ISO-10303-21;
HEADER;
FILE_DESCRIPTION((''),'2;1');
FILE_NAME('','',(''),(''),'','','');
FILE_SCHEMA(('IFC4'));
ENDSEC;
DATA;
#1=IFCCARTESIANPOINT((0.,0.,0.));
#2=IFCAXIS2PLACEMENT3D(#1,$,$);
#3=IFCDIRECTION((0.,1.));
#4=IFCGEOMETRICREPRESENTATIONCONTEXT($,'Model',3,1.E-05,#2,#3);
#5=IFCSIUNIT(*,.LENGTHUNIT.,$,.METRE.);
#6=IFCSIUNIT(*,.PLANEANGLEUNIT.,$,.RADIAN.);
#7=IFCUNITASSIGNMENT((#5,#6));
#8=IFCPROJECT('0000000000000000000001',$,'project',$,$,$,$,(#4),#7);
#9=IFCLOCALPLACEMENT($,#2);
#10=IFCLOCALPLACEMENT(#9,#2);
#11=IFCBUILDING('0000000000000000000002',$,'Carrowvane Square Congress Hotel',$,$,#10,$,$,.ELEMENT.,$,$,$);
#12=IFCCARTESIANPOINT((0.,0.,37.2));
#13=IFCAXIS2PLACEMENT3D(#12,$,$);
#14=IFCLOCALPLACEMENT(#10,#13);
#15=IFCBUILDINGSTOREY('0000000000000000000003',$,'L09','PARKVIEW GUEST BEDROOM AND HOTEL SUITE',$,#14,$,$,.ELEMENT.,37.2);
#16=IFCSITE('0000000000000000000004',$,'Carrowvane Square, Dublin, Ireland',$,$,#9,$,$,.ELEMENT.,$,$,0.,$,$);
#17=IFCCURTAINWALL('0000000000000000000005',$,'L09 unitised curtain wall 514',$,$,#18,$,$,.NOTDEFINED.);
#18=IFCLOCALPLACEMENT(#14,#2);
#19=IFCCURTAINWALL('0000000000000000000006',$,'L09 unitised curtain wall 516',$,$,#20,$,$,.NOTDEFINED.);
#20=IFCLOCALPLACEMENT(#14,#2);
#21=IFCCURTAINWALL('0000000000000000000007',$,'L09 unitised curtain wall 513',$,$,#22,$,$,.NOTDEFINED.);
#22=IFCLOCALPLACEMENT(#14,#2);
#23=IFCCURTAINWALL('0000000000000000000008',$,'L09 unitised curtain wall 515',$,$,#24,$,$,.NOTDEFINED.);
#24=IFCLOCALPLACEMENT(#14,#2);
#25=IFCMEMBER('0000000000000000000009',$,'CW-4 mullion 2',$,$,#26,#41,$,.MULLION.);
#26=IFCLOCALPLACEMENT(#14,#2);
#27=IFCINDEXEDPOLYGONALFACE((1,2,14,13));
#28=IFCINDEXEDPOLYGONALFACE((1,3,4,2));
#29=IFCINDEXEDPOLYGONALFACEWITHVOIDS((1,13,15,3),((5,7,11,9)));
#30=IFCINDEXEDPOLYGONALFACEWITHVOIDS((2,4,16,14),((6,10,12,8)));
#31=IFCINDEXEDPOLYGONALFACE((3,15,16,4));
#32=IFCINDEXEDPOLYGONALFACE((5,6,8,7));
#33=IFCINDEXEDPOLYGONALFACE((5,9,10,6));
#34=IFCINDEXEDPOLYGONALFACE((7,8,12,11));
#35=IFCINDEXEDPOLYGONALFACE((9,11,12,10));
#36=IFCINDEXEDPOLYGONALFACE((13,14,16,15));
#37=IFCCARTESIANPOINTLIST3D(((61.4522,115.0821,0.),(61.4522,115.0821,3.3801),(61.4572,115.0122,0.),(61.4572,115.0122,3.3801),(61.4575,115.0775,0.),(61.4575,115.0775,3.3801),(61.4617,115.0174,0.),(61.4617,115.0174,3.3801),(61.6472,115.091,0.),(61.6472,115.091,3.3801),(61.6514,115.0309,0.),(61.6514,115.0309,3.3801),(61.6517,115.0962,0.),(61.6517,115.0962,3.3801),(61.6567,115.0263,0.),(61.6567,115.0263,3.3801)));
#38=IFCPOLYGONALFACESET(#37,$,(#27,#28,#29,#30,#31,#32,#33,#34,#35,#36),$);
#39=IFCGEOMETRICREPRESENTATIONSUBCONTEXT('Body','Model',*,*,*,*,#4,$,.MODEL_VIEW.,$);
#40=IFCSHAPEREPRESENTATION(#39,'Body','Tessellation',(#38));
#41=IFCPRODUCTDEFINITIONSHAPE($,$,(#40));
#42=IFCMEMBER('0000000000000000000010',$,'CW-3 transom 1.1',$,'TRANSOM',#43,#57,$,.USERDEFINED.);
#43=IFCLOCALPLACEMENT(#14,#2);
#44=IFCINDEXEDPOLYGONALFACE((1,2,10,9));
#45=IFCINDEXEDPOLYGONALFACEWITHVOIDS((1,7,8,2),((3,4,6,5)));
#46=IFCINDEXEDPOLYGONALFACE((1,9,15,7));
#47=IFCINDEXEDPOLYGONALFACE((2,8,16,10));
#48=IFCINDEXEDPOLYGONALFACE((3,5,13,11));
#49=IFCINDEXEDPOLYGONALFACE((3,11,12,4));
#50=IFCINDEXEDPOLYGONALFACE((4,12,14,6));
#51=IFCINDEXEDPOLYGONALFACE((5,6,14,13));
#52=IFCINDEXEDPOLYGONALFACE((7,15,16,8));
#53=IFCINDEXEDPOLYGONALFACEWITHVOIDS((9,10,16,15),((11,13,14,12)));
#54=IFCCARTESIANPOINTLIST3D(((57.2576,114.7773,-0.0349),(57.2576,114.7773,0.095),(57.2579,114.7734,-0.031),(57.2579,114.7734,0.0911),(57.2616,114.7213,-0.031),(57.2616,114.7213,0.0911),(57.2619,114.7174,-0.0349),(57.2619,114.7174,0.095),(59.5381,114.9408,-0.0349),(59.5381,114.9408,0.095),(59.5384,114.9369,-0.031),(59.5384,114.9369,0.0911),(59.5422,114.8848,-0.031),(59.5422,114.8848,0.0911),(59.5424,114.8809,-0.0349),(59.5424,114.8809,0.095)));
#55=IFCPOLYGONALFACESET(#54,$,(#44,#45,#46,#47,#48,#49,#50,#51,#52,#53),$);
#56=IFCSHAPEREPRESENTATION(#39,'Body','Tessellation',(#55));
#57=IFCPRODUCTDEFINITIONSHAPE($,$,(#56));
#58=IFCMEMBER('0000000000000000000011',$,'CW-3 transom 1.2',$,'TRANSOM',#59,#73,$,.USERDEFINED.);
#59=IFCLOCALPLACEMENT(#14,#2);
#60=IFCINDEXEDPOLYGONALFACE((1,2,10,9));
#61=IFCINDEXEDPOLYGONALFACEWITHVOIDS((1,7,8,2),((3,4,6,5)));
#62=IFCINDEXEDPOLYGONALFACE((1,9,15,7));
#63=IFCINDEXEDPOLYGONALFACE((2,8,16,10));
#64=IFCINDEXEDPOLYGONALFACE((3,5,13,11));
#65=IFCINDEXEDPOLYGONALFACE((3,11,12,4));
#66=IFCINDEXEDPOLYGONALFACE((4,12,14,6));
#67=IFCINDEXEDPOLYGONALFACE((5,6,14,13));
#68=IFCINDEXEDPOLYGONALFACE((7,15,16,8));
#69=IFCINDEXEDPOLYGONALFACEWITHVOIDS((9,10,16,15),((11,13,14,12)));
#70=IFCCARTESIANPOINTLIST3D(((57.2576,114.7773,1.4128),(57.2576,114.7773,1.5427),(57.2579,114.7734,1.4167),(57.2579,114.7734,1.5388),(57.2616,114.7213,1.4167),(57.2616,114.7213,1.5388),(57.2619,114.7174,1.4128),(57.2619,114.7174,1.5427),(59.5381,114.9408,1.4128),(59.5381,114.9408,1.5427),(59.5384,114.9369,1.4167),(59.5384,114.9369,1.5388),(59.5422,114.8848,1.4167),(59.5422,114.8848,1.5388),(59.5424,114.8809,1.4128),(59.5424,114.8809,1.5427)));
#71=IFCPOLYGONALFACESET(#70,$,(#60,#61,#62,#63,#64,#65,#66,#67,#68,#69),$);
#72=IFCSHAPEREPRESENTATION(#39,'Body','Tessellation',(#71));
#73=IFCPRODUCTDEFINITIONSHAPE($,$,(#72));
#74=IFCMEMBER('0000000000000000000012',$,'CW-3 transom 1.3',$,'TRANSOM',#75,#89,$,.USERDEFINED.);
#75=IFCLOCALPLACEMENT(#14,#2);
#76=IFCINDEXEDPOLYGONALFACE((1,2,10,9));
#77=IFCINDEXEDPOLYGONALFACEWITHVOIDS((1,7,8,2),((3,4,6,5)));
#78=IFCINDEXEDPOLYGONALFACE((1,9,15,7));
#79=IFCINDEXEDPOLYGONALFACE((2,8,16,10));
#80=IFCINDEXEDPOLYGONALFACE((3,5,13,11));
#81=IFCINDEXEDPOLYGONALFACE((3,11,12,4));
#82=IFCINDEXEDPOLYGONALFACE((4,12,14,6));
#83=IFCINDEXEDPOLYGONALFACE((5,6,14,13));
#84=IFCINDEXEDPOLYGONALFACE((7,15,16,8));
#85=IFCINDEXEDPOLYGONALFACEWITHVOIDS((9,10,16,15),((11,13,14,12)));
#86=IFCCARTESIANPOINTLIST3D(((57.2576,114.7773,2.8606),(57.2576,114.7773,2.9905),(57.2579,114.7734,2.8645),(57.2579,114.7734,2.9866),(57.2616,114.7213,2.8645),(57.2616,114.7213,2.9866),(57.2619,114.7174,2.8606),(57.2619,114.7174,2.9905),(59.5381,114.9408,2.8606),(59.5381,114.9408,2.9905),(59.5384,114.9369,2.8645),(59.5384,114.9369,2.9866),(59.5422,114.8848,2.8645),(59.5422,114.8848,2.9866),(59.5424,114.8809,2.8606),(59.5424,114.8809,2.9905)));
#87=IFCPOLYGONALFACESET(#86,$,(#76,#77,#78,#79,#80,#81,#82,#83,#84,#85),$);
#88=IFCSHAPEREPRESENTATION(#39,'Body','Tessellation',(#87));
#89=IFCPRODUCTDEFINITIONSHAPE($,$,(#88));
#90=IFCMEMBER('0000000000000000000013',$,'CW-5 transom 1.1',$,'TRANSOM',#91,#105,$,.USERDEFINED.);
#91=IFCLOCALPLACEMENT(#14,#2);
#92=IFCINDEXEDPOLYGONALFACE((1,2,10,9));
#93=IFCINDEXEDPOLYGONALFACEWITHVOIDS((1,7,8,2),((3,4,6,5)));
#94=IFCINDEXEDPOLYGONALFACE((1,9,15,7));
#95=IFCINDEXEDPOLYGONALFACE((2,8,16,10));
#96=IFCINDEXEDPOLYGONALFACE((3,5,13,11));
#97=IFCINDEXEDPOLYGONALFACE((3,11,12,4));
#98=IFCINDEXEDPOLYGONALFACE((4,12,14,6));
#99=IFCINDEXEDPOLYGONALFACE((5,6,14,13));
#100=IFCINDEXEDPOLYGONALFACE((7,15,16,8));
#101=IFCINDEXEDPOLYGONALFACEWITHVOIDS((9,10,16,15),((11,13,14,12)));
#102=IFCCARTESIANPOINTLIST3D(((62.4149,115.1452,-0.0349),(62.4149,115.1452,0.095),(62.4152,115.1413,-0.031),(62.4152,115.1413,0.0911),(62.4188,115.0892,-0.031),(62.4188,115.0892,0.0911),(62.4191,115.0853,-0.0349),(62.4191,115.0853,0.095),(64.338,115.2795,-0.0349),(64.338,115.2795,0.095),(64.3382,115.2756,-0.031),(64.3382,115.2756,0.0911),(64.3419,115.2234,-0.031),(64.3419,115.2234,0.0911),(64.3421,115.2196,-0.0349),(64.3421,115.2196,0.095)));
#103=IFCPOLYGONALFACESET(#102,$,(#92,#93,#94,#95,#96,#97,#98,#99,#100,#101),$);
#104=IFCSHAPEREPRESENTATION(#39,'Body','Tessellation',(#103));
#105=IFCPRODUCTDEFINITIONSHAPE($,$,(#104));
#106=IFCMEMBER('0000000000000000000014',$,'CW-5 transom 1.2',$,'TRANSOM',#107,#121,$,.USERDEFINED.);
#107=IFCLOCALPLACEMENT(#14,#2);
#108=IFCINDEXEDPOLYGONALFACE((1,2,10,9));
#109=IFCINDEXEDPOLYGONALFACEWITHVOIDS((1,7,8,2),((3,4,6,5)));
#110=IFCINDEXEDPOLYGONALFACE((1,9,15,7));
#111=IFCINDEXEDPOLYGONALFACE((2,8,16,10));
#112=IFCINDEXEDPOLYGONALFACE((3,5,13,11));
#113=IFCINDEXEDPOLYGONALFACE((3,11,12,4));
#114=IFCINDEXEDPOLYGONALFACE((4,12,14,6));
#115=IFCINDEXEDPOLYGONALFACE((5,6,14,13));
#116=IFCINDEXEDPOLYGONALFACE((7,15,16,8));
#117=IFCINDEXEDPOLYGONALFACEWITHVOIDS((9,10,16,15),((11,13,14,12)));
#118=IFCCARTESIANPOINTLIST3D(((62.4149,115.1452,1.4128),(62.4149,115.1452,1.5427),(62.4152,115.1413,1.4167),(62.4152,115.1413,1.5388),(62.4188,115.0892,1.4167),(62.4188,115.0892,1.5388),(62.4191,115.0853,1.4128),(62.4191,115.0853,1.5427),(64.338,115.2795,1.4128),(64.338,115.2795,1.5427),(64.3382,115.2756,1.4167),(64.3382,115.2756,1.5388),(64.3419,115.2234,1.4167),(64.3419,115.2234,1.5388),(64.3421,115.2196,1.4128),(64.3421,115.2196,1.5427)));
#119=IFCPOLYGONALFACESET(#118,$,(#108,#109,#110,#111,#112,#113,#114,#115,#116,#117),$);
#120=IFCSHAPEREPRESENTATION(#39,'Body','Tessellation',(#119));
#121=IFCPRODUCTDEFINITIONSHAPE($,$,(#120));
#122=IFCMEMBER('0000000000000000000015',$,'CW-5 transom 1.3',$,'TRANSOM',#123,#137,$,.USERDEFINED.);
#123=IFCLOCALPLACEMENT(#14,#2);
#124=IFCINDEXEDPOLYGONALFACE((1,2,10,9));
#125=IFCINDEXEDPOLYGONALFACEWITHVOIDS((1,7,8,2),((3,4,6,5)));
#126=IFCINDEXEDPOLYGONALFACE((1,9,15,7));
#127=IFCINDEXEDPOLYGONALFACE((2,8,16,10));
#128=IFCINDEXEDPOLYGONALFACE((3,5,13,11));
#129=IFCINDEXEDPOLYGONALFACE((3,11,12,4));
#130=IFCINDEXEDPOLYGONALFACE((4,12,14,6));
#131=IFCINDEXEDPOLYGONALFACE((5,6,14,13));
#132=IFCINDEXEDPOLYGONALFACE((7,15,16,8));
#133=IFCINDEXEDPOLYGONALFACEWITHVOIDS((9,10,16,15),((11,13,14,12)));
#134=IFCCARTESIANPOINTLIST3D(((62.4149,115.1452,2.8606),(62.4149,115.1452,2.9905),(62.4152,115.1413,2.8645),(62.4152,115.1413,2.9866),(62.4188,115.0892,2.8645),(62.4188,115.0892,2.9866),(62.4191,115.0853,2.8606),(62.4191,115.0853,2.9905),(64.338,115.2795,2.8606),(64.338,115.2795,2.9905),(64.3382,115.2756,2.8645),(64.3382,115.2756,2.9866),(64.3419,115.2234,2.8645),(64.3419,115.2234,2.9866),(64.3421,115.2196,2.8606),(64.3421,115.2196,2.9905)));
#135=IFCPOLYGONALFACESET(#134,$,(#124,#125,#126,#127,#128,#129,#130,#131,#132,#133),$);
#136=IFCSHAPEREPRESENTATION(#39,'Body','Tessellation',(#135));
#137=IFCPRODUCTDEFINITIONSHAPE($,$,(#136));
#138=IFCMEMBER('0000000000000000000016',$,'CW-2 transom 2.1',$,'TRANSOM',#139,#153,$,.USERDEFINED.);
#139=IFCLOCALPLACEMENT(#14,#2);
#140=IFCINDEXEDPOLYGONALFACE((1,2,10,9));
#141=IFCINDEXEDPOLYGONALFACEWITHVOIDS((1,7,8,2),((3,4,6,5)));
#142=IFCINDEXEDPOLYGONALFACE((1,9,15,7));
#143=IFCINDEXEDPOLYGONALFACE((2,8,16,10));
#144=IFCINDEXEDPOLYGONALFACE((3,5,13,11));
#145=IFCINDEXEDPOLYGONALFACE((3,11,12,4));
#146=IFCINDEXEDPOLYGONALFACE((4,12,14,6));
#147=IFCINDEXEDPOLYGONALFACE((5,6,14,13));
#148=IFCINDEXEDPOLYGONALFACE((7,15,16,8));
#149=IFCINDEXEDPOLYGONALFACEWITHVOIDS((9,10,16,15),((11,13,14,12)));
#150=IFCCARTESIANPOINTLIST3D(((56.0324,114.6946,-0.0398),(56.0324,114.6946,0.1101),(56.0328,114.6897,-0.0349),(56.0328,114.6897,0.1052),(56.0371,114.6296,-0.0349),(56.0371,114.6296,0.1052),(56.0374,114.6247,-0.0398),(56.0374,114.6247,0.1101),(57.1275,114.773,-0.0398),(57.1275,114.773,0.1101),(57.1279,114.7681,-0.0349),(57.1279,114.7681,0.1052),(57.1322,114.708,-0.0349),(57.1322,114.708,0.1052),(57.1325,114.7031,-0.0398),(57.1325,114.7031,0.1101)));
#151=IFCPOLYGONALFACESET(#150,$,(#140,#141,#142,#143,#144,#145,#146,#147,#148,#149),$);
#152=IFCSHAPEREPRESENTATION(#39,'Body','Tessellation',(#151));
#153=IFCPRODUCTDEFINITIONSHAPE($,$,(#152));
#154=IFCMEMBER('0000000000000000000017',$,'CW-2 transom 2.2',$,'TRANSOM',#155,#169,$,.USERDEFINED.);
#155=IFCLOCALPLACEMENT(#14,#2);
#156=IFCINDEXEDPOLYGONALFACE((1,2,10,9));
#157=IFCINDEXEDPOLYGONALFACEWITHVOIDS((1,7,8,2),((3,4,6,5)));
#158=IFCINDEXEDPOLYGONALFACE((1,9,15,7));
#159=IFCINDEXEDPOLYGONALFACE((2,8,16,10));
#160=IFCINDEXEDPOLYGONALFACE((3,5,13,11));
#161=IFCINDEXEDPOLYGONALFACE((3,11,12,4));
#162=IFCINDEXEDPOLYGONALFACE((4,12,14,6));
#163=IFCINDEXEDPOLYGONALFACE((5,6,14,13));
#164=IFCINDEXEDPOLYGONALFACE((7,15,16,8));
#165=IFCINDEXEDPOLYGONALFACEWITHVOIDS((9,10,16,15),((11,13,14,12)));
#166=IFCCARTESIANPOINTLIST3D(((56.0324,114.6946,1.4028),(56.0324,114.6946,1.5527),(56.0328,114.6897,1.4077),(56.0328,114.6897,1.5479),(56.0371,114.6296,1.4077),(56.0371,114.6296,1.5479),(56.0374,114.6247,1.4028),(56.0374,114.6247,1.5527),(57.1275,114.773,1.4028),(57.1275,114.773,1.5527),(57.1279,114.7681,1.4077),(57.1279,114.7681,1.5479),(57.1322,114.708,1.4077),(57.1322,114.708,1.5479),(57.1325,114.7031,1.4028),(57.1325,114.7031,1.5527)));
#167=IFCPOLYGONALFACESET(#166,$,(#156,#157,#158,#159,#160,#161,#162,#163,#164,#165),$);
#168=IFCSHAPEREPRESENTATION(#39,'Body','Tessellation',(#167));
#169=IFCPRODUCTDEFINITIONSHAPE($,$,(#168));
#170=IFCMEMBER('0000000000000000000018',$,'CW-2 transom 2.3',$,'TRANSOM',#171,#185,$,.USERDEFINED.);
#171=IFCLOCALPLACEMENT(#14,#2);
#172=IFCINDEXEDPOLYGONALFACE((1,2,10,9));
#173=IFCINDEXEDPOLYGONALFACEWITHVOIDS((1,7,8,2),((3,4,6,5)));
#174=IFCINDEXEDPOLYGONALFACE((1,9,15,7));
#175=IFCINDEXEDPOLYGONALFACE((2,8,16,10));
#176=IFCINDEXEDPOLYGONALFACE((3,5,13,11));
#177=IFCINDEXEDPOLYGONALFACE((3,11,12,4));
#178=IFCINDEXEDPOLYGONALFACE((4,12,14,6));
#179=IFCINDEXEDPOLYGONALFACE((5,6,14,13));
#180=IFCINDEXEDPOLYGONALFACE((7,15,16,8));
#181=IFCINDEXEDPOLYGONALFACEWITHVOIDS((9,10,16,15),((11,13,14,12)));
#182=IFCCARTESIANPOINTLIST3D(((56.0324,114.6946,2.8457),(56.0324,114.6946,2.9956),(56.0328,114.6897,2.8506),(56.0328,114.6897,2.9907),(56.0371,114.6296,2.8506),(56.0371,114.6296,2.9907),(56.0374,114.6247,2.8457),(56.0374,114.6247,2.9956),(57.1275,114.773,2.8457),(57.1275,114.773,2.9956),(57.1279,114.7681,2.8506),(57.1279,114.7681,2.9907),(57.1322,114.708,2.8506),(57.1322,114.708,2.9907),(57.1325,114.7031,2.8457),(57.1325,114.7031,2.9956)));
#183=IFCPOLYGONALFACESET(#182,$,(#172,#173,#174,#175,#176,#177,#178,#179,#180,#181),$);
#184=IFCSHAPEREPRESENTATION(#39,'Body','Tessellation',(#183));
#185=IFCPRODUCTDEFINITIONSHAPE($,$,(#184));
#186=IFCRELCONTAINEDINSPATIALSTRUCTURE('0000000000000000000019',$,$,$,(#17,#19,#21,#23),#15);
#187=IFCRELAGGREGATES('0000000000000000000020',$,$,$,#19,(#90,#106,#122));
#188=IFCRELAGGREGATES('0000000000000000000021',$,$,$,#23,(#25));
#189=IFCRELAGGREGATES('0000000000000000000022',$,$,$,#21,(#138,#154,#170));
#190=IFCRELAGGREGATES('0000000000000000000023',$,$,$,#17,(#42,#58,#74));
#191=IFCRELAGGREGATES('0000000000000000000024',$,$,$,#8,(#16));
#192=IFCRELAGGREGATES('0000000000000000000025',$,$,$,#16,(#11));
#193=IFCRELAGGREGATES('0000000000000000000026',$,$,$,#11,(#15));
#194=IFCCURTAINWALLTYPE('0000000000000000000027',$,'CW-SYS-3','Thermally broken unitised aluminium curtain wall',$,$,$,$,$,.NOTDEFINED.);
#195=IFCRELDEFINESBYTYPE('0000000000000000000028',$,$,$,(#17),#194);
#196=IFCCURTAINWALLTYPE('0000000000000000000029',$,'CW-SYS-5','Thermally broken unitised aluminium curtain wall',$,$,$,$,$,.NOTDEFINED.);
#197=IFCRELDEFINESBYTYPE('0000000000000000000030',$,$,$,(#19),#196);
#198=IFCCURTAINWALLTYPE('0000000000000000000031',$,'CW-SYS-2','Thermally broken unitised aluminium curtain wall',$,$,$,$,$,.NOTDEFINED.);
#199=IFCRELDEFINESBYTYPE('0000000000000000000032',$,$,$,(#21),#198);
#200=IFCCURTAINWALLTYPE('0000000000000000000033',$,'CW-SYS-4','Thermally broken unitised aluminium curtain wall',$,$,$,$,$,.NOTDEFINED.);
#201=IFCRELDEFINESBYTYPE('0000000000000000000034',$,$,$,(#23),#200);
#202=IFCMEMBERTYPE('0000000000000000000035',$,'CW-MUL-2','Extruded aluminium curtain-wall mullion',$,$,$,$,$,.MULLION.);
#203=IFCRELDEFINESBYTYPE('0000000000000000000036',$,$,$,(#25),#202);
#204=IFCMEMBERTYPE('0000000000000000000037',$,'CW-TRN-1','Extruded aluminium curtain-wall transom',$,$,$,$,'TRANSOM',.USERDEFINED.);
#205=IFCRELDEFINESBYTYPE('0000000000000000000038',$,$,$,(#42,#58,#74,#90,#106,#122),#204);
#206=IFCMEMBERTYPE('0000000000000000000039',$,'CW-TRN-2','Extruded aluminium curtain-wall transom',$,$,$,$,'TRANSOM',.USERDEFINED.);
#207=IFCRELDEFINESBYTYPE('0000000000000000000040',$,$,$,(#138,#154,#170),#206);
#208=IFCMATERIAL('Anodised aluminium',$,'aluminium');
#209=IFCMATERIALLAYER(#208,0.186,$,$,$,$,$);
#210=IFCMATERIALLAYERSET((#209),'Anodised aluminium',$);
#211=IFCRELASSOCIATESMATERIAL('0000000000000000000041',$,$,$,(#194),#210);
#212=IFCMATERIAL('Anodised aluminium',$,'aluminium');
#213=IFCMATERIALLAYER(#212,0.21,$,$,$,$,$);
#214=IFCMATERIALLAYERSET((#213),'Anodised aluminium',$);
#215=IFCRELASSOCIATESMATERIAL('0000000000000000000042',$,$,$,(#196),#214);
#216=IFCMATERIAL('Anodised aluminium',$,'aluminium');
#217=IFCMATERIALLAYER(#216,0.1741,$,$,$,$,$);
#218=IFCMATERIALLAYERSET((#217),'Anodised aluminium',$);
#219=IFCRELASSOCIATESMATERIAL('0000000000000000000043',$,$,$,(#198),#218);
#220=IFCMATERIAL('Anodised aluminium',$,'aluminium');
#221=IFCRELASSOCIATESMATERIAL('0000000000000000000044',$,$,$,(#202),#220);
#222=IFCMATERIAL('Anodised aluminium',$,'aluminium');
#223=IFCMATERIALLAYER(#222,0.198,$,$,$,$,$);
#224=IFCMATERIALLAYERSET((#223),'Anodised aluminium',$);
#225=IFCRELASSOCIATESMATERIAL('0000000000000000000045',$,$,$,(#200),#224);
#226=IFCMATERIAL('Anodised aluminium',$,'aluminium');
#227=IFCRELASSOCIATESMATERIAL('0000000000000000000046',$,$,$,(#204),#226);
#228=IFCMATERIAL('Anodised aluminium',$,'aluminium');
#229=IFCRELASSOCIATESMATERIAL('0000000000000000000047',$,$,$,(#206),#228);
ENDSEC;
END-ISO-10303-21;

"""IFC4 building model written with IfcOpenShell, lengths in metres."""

from ifc_helpers import new_model, si_unit, direction, frame, origin, origin_2d, place, context, subcontext, project, spatial, hollow_rectangle, extrude, material, layer, layer_set, material_profile, profile_set, type_object, element, aggregate, save


model = new_model("IFC4")

# Units and contexts
model_context = context("Model", 3, precision=1e-05, world=origin(), true_north=direction((0.0, 1.0)))
body_context = subcontext(model_context, "Body", "Model", "MODEL_VIEW")
ifc_project = project(units=[si_unit("LENGTHUNIT", "METRE"), si_unit("PLANEANGLEUNIT", "RADIAN")], contexts=[model_context])

# Site, building, storey
site_placement = place(None, origin())
site = spatial("IfcSite", under=ifc_project, at=site_placement, Name="Carrowvane Square, Dublin, Ireland", CompositionType="ELEMENT", RefElevation=0.0)
building_placement = place(site_placement, origin())
building = spatial("IfcBuilding", under=site, at=building_placement, Name="Carrowvane Square Congress Hotel", CompositionType="ELEMENT")
storey_placement = place(building_placement, frame((0.0, 0.0, 37.2)))
storey = spatial("IfcBuildingStorey", under=building, at=storey_placement, Name="L09", Description="PARKVIEW GUEST BEDROOM AND HOTEL SUITE", CompositionType="ELEMENT", Elevation=37.2)

# Curtain wall
ifc_material_1 = material(Name="Anodised aluminium", Category="aluminium")
ifc_layer_1 = layer(ifc_material_1, 0.186)
ifc_layer_set_1 = layer_set([ifc_layer_1], Name="Anodised aluminium")
curtain_wall_type_1 = type_object("IfcCurtainWallType", Name="CW-SYS-3", Description="Thermally broken unitised aluminium curtain wall", PredefinedType="NOTDEFINED", material=ifc_layer_set_1)
curtain_wall_1_placement = place(storey_placement, origin())
curtain_wall_1 = element("IfcCurtainWall", 1, at=curtain_wall_1_placement, inside=storey, type_object=curtain_wall_type_1, Name="L09 unitised curtain wall 514", PredefinedType="NOTDEFINED")

# Curtain walls
ifc_material_2 = material(Name="Anodised aluminium", Category="aluminium")
ifc_layer_2 = layer(ifc_material_2, 0.21)
ifc_layer_set_2 = layer_set([ifc_layer_2], Name="Anodised aluminium")
curtain_wall_type_2 = type_object("IfcCurtainWallType", Name="CW-SYS-5", Description="Thermally broken unitised aluminium curtain wall", PredefinedType="NOTDEFINED", material=ifc_layer_set_2)
curtain_wall_2_placement = place(storey_placement, origin())
curtain_wall_2 = element("IfcCurtainWall", 2, at=curtain_wall_2_placement, inside=storey, type_object=curtain_wall_type_2, Name="L09 unitised curtain wall 516", PredefinedType="NOTDEFINED")
ifc_material_3 = material(Name="Anodised aluminium", Category="aluminium")
ifc_layer_3 = layer(ifc_material_3, 0.1741)
ifc_layer_set_3 = layer_set([ifc_layer_3], Name="Anodised aluminium")
curtain_wall_type_3 = type_object("IfcCurtainWallType", Name="CW-SYS-2", Description="Thermally broken unitised aluminium curtain wall", PredefinedType="NOTDEFINED", material=ifc_layer_set_3)
curtain_wall_3_placement = place(storey_placement, origin())
curtain_wall_3 = element("IfcCurtainWall", 3, at=curtain_wall_3_placement, inside=storey, type_object=curtain_wall_type_3, Name="L09 unitised curtain wall 513", PredefinedType="NOTDEFINED")
ifc_material_4 = material(Name="Anodised aluminium", Category="aluminium")
ifc_material_profile_1 = material_profile(ifc_material_4, hollow_rectangle(XDim=0.0701, YDim=0.2, WallThickness=0.0049, at=origin_2d()), Name="CW-ML 70x200x5")
ifc_profile_set_1 = profile_set([ifc_material_profile_1], Name="Anodised aluminium")
member_type_1 = type_object("IfcMemberType", Name="CW-MUL-2", Description="Extruded aluminium curtain-wall mullion", PredefinedType="MULLION", material=ifc_profile_set_1)

# Curtain wall, member
ifc_material_5 = material(Name="Anodised aluminium", Category="aluminium")
ifc_layer_4 = layer(ifc_material_5, 0.198)
ifc_layer_set_4 = layer_set([ifc_layer_4], Name="Anodised aluminium")
curtain_wall_type_4 = type_object("IfcCurtainWallType", Name="CW-SYS-4", Description="Thermally broken unitised aluminium curtain wall", PredefinedType="NOTDEFINED", material=ifc_layer_set_4)
curtain_wall_4_placement = place(storey_placement, origin())
curtain_wall_4 = element("IfcCurtainWall", 4, at=curtain_wall_4_placement, inside=storey, type_object=curtain_wall_type_4, Name="L09 unitised curtain wall 515", PredefinedType="NOTDEFINED")
member_1_placement = place(storey_placement, frame((61.5544, 115.0542, 0.0), z_axis=(0.0, 0.0, 1.0), x_axis=(-0.07096, 0.997479, 0.0)))
member_1 = element("IfcMember", 5, at=member_1_placement, type_object=member_type_1, Name="CW-4 mullion 2", PredefinedType="MULLION", context=body_context, shape_type="SweptSolid", body=[
    extrude(hollow_rectangle(XDim=0.0701, YDim=0.2, WallThickness=0.0049, at=origin_2d()), origin(), (0.0, 0.0, 1.0), 3.3801),
])

# Members
ifc_material_6 = material(Name="Anodised aluminium", Category="aluminium")
ifc_material_profile_2 = material_profile(ifc_material_6, hollow_rectangle(XDim=0.0601, YDim=0.1299, WallThickness=0.0039, at=origin_2d()), Name="CW-TR 60x130x4")
ifc_profile_set_2 = profile_set([ifc_material_profile_2], Name="Anodised aluminium")
member_type_2 = type_object("IfcMemberType", Name="CW-TRN-1", Description="Extruded aluminium curtain-wall transom", ElementType="TRANSOM", PredefinedType="USERDEFINED", material=ifc_profile_set_2)
member_2_placement = place(storey_placement, frame((57.2598, 114.7473, 0.03), z_axis=(0.997438, 0.071543, 0.0), x_axis=(-0.071543, 0.997438, 0.0)))
member_2 = element("IfcMember", 6, at=member_2_placement, type_object=member_type_2, Name="CW-3 transom 1.1", ObjectType="TRANSOM", PredefinedType="USERDEFINED", context=body_context, shape_type="SweptSolid", body=[
    extrude(hollow_rectangle(XDim=0.0601, YDim=0.1299, WallThickness=0.0039, at=origin_2d()), origin(), (0.0, 0.0, 1.0), 2.2864),
])
member_3_placement = place(storey_placement, frame((57.2598, 114.7473, 1.4778), z_axis=(0.997438, 0.071543, 0.0), x_axis=(-0.071543, 0.997438, 0.0)))
member_3 = element("IfcMember", 7, at=member_3_placement, type_object=member_type_2, Name="CW-3 transom 1.2", ObjectType="TRANSOM", PredefinedType="USERDEFINED", context=body_context, shape_type="SweptSolid", body=[
    extrude(hollow_rectangle(XDim=0.0601, YDim=0.1299, WallThickness=0.0039, at=origin_2d()), origin(), (0.0, 0.0, 1.0), 2.2864),
])
member_4_placement = place(storey_placement, frame((57.2598, 114.7473, 2.9255), z_axis=(0.997438, 0.071543, 0.0), x_axis=(-0.071543, 0.997438, 0.0)))
member_4 = element("IfcMember", 8, at=member_4_placement, type_object=member_type_2, Name="CW-3 transom 1.3", ObjectType="TRANSOM", PredefinedType="USERDEFINED", context=body_context, shape_type="SweptSolid", body=[
    extrude(hollow_rectangle(XDim=0.0601, YDim=0.1299, WallThickness=0.0039, at=origin_2d()), origin(), (0.0, 0.0, 1.0), 2.2864),
])
member_5_placement = place(storey_placement, frame((62.417, 115.1152, 0.03), z_axis=(0.997571, 0.069654, 0.0), x_axis=(-0.069654, 0.997571, 0.0)))
member_5 = element("IfcMember", 9, at=member_5_placement, type_object=member_type_2, Name="CW-5 transom 1.1", ObjectType="TRANSOM", PredefinedType="USERDEFINED", context=body_context, shape_type="SweptSolid", body=[
    extrude(hollow_rectangle(XDim=0.0601, YDim=0.1299, WallThickness=0.0039, at=origin_2d()), origin(), (0.0, 0.0, 1.0), 1.9277),
])
member_6_placement = place(storey_placement, frame((62.417, 115.1152, 1.4778), z_axis=(0.997571, 0.069654, 0.0), x_axis=(-0.069654, 0.997571, 0.0)))
member_6 = element("IfcMember", 10, at=member_6_placement, type_object=member_type_2, Name="CW-5 transom 1.2", ObjectType="TRANSOM", PredefinedType="USERDEFINED", context=body_context, shape_type="SweptSolid", body=[
    extrude(hollow_rectangle(XDim=0.0601, YDim=0.1299, WallThickness=0.0039, at=origin_2d()), origin(), (0.0, 0.0, 1.0), 1.9277),
])
member_7_placement = place(storey_placement, frame((62.417, 115.1152, 2.9255), z_axis=(0.997571, 0.069654, 0.0), x_axis=(-0.069654, 0.997571, 0.0)))
member_7 = element("IfcMember", 11, at=member_7_placement, type_object=member_type_2, Name="CW-5 transom 1.3", ObjectType="TRANSOM", PredefinedType="USERDEFINED", context=body_context, shape_type="SweptSolid", body=[
    extrude(hollow_rectangle(XDim=0.0601, YDim=0.1299, WallThickness=0.0039, at=origin_2d()), origin(), (0.0, 0.0, 1.0), 1.9277),
])
aggregate(curtain_wall_2, [member_5, member_6, member_7])
ifc_material_7 = material(Name="Anodised aluminium", Category="aluminium")
ifc_material_profile_3 = material_profile(ifc_material_7, hollow_rectangle(XDim=0.0701, YDim=0.1499, WallThickness=0.0049, at=origin_2d()), Name="CW-TR 70x150x5")
ifc_profile_set_3 = profile_set([ifc_material_profile_3], Name="Anodised aluminium")
member_type_3 = type_object("IfcMemberType", Name="CW-TRN-2", Description="Extruded aluminium curtain-wall transom", ElementType="TRANSOM", PredefinedType="USERDEFINED", material=ifc_profile_set_3)
member_8_placement = place(storey_placement, frame((56.0349, 114.6597, 0.0352), z_axis=(0.99745, 0.071373, 0.0), x_axis=(-0.071373, 0.99745, 0.0)))
member_8 = element("IfcMember", 12, at=member_8_placement, type_object=member_type_3, Name="CW-2 transom 2.1", ObjectType="TRANSOM", PredefinedType="USERDEFINED", context=body_context, shape_type="SweptSolid", body=[
    extrude(hollow_rectangle(XDim=0.0701, YDim=0.1499, WallThickness=0.0049, at=origin_2d()), origin(), (0.0, 0.0, 1.0), 1.0979),
])
member_9_placement = place(storey_placement, frame((56.0349, 114.6597, 1.4778), z_axis=(0.99745, 0.071373, 0.0), x_axis=(-0.071373, 0.99745, 0.0)))
member_9 = element("IfcMember", 13, at=member_9_placement, type_object=member_type_3, Name="CW-2 transom 2.2", ObjectType="TRANSOM", PredefinedType="USERDEFINED", context=body_context, shape_type="SweptSolid", body=[
    extrude(hollow_rectangle(XDim=0.0701, YDim=0.1499, WallThickness=0.0049, at=origin_2d()), origin(), (0.0, 0.0, 1.0), 1.0979),
])
member_10_placement = place(storey_placement, frame((56.0349, 114.6597, 2.9207), z_axis=(0.99745, 0.071373, 0.0), x_axis=(-0.071373, 0.99745, 0.0)))
member_10 = element("IfcMember", 14, at=member_10_placement, type_object=member_type_3, Name="CW-2 transom 2.3", ObjectType="TRANSOM", PredefinedType="USERDEFINED", context=body_context, shape_type="SweptSolid", body=[
    extrude(hollow_rectangle(XDim=0.0701, YDim=0.1499, WallThickness=0.0049, at=origin_2d()), origin(), (0.0, 0.0, 1.0), 1.0979),
])

aggregate(curtain_wall_4, [member_1])
aggregate(curtain_wall_3, [member_8, member_9, member_10])
aggregate(curtain_wall_1, [member_2, member_3, member_4])

save(model, "model.ifc")
